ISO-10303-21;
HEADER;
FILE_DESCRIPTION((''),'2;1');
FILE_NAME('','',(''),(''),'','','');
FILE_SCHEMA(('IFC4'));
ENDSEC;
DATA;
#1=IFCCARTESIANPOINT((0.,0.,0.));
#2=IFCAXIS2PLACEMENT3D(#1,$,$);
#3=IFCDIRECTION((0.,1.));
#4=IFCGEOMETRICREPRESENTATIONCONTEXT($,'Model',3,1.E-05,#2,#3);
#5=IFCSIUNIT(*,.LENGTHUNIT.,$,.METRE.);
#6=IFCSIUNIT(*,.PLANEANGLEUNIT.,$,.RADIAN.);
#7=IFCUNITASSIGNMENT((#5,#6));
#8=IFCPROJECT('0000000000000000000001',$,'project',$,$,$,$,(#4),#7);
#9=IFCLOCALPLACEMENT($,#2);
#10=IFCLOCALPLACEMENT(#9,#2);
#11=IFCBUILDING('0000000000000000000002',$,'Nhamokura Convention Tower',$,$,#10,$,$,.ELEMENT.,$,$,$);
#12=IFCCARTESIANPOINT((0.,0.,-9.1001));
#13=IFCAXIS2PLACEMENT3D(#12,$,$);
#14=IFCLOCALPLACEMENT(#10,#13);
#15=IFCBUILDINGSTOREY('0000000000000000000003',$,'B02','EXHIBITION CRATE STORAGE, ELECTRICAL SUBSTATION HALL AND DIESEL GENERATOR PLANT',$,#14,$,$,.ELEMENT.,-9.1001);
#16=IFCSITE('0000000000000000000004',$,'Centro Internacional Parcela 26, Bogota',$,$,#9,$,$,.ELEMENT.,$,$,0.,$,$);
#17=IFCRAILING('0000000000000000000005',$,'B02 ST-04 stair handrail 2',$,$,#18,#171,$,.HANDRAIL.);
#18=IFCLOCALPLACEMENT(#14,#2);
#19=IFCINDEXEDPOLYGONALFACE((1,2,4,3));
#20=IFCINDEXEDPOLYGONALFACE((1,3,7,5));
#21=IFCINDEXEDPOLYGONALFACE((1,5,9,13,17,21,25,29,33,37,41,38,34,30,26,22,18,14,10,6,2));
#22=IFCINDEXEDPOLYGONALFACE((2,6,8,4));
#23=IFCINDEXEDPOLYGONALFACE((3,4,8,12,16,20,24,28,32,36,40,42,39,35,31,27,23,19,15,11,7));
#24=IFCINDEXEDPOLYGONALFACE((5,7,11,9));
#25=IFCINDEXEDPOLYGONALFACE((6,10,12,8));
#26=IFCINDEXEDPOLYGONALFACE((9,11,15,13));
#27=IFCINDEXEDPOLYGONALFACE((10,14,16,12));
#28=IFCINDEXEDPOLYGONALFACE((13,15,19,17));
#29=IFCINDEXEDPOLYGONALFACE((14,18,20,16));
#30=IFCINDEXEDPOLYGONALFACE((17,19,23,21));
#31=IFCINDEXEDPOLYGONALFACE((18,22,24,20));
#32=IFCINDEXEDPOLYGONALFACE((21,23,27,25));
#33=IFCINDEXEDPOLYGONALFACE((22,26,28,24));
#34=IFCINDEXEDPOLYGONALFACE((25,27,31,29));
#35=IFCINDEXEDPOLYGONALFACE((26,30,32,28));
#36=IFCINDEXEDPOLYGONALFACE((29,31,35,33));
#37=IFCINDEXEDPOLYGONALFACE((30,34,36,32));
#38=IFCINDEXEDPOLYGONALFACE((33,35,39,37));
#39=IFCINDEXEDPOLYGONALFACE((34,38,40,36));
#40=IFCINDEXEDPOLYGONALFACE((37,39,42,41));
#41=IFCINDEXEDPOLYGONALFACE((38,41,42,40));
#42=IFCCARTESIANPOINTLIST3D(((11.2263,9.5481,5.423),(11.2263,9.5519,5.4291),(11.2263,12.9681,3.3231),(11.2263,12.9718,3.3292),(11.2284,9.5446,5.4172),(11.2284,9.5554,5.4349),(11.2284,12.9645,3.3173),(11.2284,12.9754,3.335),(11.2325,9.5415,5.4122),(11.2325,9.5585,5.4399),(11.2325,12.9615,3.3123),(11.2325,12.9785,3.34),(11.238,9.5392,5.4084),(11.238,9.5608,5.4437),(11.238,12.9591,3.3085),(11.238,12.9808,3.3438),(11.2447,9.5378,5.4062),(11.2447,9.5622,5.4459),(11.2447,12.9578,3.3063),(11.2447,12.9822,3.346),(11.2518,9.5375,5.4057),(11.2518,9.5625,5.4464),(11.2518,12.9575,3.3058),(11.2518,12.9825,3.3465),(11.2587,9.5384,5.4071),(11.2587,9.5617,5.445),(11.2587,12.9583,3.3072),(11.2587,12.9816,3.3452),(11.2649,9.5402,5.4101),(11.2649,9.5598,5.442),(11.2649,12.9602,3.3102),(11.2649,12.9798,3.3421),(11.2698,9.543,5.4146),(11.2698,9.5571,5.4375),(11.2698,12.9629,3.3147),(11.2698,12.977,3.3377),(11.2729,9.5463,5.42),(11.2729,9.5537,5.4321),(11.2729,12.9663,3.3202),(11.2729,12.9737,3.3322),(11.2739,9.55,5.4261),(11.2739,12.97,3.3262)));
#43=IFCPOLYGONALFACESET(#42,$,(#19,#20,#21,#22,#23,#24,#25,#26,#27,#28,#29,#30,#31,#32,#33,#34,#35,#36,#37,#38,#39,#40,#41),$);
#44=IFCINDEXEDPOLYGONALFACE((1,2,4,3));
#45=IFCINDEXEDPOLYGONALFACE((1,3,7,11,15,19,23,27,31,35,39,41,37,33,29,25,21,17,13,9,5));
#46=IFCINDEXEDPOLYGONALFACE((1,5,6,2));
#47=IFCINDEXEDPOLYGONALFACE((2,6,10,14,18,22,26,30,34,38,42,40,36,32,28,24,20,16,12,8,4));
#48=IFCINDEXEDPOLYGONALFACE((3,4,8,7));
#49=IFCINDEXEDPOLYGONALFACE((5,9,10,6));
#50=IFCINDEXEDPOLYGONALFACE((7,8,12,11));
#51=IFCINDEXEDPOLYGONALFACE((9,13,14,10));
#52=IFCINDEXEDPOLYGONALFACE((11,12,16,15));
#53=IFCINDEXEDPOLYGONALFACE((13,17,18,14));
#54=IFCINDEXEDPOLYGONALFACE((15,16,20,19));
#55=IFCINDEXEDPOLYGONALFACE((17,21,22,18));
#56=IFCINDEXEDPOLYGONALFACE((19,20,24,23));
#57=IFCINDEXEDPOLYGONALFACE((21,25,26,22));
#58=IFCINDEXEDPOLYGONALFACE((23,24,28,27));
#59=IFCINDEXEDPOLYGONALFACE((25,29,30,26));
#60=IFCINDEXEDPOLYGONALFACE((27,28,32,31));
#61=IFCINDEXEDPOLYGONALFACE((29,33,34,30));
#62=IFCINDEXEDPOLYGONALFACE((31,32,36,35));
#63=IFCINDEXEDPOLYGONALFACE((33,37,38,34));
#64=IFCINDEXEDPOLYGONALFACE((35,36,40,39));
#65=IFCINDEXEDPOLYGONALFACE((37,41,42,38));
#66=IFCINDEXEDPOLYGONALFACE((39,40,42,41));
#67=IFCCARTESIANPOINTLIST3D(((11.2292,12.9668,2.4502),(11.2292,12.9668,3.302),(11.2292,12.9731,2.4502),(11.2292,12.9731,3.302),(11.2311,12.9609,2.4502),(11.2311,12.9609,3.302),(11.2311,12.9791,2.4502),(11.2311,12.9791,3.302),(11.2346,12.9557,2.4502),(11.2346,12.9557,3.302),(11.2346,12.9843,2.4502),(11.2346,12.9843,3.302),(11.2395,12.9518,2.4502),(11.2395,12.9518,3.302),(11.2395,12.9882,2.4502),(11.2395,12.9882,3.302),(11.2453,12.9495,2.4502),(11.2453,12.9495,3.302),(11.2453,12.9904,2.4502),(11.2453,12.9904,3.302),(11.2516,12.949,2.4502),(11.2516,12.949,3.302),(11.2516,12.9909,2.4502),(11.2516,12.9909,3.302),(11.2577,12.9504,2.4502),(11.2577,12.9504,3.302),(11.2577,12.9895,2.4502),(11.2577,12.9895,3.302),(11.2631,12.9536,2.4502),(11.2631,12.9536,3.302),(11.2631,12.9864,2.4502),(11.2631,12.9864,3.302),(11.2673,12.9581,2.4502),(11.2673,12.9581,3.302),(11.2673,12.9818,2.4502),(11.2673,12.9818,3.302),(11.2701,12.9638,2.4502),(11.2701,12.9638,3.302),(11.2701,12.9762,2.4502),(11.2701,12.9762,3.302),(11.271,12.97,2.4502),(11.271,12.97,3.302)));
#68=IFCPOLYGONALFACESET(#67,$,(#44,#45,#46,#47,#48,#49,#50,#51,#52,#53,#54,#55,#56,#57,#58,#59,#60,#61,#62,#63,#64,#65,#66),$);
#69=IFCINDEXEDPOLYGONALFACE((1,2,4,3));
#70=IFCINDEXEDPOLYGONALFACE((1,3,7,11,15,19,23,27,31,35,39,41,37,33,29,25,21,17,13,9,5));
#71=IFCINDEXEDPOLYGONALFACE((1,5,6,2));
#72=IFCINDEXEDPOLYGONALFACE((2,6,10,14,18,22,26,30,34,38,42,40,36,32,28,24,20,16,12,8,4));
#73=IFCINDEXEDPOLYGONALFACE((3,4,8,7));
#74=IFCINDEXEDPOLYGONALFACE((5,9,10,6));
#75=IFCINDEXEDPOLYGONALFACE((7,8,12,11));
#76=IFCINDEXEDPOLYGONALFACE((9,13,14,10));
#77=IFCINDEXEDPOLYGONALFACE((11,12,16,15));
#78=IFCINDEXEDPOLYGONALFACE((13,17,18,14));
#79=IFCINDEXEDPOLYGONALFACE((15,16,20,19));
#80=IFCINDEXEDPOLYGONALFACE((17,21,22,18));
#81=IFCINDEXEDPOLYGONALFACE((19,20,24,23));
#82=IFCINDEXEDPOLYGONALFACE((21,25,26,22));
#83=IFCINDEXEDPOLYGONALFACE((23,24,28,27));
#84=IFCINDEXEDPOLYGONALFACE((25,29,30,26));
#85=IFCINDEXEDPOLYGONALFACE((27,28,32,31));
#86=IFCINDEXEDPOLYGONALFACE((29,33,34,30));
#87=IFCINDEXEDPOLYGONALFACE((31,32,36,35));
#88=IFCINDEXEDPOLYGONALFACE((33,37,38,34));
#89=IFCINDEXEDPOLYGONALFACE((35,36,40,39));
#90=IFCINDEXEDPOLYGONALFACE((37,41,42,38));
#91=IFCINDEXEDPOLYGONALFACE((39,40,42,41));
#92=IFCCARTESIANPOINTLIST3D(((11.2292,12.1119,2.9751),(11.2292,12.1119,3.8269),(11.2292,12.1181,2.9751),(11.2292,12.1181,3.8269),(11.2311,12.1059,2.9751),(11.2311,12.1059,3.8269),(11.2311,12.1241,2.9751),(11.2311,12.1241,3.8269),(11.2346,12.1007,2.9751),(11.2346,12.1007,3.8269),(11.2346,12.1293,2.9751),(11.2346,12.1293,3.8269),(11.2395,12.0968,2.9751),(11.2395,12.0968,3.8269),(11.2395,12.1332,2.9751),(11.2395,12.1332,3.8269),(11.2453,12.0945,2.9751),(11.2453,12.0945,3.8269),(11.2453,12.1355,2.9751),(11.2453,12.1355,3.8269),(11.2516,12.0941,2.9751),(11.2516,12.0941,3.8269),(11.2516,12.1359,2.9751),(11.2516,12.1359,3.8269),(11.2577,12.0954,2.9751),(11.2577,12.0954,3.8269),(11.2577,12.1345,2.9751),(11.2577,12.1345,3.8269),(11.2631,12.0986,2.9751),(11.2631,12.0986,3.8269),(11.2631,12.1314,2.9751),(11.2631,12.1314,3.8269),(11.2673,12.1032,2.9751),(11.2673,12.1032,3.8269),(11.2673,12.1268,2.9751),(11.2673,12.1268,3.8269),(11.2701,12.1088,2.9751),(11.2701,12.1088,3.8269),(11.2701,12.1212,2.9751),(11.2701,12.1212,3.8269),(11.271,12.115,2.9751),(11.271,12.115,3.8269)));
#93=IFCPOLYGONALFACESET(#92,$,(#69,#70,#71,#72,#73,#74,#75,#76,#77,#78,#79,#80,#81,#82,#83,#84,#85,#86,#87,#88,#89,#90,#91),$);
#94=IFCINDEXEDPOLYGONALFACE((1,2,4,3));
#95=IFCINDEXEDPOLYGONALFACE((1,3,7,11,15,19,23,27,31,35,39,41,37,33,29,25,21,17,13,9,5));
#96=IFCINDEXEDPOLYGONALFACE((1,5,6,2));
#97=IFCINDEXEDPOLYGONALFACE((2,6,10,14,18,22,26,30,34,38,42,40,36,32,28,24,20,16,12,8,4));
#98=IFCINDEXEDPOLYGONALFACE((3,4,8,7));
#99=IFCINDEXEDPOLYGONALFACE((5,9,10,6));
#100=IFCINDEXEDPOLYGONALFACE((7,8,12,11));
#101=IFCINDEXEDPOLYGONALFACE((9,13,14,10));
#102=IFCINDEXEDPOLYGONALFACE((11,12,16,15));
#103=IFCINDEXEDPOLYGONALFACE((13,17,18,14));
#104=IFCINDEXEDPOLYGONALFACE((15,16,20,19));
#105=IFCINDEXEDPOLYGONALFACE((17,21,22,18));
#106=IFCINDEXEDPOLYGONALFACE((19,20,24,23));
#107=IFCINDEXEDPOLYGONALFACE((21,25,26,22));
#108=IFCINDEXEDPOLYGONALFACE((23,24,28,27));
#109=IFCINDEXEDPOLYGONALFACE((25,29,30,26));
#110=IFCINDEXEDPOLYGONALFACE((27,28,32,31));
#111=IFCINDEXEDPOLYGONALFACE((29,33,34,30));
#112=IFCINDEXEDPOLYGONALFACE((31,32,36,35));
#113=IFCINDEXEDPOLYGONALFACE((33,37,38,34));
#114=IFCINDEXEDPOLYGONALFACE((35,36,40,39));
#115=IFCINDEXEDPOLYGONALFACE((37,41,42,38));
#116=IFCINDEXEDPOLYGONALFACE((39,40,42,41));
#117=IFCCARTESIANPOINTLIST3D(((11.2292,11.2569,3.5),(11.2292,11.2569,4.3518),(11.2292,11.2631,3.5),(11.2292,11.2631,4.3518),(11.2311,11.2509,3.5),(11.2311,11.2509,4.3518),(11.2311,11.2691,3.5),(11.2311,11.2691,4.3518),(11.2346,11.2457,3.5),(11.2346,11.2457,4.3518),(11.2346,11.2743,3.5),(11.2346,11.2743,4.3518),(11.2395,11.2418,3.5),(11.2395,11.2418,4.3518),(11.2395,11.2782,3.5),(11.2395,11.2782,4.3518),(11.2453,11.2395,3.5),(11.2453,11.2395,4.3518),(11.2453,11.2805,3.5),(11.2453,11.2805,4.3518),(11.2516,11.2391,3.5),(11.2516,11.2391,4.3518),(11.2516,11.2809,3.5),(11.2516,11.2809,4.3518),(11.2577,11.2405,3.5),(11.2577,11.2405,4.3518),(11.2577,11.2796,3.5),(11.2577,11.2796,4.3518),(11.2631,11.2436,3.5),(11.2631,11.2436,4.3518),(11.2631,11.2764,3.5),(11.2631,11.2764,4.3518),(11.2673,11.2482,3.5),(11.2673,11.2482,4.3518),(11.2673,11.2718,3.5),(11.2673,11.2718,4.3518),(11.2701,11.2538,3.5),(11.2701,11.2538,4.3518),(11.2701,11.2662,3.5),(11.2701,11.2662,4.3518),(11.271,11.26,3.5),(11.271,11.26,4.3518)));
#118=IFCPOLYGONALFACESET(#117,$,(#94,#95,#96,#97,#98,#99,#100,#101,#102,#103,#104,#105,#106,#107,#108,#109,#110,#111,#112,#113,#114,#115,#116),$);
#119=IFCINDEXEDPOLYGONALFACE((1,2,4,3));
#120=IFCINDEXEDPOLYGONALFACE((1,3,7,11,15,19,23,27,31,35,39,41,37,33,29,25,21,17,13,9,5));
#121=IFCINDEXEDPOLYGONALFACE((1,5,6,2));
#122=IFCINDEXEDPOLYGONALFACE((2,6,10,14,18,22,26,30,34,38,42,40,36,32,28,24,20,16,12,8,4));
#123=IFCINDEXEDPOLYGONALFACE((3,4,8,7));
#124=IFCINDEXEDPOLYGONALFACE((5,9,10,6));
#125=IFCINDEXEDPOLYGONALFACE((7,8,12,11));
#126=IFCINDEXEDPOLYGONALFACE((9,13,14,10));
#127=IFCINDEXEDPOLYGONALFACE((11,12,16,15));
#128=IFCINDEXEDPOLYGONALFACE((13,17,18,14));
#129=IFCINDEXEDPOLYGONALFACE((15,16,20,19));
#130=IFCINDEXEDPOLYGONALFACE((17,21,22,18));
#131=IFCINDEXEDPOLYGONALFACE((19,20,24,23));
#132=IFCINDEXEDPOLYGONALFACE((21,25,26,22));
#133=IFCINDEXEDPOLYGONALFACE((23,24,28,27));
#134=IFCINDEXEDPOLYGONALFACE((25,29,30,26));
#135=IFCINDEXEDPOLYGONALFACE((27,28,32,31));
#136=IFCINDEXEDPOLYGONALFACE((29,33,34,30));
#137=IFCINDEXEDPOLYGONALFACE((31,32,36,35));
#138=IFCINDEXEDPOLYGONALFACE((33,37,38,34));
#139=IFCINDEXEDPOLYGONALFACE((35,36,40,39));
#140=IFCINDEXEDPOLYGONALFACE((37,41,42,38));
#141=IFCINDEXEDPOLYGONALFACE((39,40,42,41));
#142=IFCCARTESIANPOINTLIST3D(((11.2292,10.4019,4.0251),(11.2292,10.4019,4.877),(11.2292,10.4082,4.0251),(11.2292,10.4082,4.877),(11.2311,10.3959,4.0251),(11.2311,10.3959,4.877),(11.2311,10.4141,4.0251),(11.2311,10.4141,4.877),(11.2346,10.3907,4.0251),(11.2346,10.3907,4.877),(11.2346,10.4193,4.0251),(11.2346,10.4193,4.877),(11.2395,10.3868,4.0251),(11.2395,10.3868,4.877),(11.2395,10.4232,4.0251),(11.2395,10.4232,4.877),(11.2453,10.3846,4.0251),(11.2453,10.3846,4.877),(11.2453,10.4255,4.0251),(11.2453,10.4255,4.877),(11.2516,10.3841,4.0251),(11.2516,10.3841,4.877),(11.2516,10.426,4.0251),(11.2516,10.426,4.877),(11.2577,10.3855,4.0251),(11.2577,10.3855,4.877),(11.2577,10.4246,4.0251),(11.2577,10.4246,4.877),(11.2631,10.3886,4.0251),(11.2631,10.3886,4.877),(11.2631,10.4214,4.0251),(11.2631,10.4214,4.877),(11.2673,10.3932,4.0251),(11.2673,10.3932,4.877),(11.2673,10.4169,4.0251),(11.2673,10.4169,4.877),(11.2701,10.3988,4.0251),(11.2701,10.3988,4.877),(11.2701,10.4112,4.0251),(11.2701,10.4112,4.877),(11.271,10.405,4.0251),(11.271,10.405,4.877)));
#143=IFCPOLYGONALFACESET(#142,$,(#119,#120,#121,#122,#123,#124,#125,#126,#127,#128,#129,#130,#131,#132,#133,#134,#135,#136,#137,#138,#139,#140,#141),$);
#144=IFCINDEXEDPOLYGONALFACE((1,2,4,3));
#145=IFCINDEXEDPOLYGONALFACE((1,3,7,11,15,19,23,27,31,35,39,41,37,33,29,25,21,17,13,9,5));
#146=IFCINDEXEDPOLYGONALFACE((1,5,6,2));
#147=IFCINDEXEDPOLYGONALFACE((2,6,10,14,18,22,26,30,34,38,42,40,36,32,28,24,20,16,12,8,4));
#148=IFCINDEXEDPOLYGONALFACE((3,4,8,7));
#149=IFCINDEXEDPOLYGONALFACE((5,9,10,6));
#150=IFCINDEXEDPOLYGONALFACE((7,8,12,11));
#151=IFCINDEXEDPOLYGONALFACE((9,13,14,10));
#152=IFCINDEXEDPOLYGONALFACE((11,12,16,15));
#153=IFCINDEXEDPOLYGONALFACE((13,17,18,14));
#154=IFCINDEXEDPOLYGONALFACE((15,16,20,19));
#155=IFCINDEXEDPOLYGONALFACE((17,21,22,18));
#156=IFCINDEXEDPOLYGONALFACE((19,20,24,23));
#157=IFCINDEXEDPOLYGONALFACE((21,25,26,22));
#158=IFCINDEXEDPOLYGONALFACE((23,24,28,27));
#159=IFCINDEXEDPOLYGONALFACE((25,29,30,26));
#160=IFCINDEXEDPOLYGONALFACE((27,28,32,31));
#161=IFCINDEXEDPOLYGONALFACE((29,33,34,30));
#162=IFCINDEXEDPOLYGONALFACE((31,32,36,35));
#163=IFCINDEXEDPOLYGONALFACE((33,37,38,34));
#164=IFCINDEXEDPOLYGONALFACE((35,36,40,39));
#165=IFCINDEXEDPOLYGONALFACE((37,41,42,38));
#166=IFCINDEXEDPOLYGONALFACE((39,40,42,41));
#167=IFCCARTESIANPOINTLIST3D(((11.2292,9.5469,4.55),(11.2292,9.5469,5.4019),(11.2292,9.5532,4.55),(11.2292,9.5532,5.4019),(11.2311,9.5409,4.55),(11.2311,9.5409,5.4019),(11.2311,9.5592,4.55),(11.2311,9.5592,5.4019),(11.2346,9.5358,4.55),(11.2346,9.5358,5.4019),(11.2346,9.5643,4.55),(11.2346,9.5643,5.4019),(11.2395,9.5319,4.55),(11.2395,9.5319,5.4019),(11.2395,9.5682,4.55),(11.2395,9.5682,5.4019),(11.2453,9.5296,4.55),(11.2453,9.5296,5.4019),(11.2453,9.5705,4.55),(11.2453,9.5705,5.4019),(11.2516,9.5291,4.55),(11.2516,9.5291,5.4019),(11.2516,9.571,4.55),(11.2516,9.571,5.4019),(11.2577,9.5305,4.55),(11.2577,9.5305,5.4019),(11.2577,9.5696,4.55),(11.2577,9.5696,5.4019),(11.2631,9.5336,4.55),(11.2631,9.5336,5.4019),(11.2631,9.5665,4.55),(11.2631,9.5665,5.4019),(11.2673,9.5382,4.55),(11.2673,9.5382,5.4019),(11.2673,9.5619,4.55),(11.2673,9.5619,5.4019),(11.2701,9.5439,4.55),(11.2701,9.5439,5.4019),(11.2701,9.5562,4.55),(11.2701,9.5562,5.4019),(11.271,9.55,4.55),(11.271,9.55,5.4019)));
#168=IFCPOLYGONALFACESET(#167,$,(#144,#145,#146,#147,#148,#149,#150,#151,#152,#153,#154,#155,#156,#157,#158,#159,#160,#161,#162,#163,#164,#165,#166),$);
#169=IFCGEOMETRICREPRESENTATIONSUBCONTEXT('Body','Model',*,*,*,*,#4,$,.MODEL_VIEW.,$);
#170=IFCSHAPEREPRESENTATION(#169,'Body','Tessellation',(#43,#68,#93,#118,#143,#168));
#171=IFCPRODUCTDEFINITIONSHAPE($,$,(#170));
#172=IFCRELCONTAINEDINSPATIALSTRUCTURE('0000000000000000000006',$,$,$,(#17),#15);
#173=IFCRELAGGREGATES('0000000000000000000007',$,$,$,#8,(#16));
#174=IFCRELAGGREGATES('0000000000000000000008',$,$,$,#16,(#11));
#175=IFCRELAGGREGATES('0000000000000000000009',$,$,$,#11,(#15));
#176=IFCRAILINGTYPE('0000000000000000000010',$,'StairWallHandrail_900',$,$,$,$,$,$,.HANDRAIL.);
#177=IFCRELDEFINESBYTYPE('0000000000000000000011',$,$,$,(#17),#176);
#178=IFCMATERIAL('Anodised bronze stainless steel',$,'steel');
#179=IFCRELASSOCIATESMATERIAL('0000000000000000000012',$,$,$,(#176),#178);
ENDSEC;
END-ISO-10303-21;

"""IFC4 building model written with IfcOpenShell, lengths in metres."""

from ifc_helpers import new_model, si_unit, direction, frame, origin, origin_2d, place, context, subcontext, project, spatial, circle, extrude, material, type_object, element, save


model = new_model("IFC4")

# Units and contexts
model_context = context("Model", 3, precision=1e-05, world=origin(), true_north=direction((0.0, 1.0)))
body_context = subcontext(model_context, "Body", "Model", "MODEL_VIEW")
ifc_project = project(units=[si_unit("LENGTHUNIT", "METRE"), si_unit("PLANEANGLEUNIT", "RADIAN")], contexts=[model_context])

# Site, building, storey
site_placement = place(None, origin())
site = spatial("IfcSite", under=ifc_project, at=site_placement, Name="Centro Internacional Parcela 26, Bogota", CompositionType="ELEMENT", RefElevation=0.0)
building_placement = place(site_placement, origin())
building = spatial("IfcBuilding", under=site, at=building_placement, Name="Nhamokura Convention Tower", CompositionType="ELEMENT")
storey_placement = place(building_placement, frame((0.0, 0.0, -9.1001)))
storey = spatial("IfcBuildingStorey", under=building, at=storey_placement, Name="B02", Description="EXHIBITION CRATE STORAGE, ELECTRICAL SUBSTATION HALL AND DIESEL GENERATOR PLANT", CompositionType="ELEMENT", Elevation=-9.1001)

# Railing
ifc_material_1 = material(Name="Anodised bronze stainless steel", Category="steel")
railing_type = type_object("IfcRailingType", Name="StairWallHandrail_900", PredefinedType="HANDRAIL", material=ifc_material_1)
railing_placement = place(storey_placement, frame((11.25, 12.97, 2.4502)))
element("IfcRailing", 1, at=railing_placement, inside=storey, type_object=railing_type, Name="B02 ST-04 stair handrail 2", PredefinedType="HANDRAIL", context=body_context, shape_type="SweptSolid", body=[
    extrude(circle(Radius=0.0239, at=origin_2d()), frame((0.0, 0.0, 0.876), z_axis=(0.0, -0.852182, 0.523245), x_axis=(1.0, 0.0, 0.0)), (0.0, 0.0, 1.0), 4.0132),
    extrude(circle(Radius=0.021, at=origin_2d()), origin(), (0.0, 0.0, 1.0), 0.8518),
    extrude(circle(Radius=0.021, at=origin_2d()), frame((0.0, -0.855, 0.5249)), (0.0, 0.0, 1.0), 0.8518),
    extrude(circle(Radius=0.021, at=origin_2d()), frame((0.0, -1.71, 1.0498)), (0.0, 0.0, 1.0), 0.8518),
    extrude(circle(Radius=0.021, at=origin_2d()), frame((0.0, -2.5649, 1.575)), (0.0, 0.0, 1.0), 0.8518),
    extrude(circle(Radius=0.021, at=origin_2d()), frame((0.0, -3.4199, 2.0999)), (0.0, 0.0, 1.0), 0.8518),
])

save(model, "model.ifc")
